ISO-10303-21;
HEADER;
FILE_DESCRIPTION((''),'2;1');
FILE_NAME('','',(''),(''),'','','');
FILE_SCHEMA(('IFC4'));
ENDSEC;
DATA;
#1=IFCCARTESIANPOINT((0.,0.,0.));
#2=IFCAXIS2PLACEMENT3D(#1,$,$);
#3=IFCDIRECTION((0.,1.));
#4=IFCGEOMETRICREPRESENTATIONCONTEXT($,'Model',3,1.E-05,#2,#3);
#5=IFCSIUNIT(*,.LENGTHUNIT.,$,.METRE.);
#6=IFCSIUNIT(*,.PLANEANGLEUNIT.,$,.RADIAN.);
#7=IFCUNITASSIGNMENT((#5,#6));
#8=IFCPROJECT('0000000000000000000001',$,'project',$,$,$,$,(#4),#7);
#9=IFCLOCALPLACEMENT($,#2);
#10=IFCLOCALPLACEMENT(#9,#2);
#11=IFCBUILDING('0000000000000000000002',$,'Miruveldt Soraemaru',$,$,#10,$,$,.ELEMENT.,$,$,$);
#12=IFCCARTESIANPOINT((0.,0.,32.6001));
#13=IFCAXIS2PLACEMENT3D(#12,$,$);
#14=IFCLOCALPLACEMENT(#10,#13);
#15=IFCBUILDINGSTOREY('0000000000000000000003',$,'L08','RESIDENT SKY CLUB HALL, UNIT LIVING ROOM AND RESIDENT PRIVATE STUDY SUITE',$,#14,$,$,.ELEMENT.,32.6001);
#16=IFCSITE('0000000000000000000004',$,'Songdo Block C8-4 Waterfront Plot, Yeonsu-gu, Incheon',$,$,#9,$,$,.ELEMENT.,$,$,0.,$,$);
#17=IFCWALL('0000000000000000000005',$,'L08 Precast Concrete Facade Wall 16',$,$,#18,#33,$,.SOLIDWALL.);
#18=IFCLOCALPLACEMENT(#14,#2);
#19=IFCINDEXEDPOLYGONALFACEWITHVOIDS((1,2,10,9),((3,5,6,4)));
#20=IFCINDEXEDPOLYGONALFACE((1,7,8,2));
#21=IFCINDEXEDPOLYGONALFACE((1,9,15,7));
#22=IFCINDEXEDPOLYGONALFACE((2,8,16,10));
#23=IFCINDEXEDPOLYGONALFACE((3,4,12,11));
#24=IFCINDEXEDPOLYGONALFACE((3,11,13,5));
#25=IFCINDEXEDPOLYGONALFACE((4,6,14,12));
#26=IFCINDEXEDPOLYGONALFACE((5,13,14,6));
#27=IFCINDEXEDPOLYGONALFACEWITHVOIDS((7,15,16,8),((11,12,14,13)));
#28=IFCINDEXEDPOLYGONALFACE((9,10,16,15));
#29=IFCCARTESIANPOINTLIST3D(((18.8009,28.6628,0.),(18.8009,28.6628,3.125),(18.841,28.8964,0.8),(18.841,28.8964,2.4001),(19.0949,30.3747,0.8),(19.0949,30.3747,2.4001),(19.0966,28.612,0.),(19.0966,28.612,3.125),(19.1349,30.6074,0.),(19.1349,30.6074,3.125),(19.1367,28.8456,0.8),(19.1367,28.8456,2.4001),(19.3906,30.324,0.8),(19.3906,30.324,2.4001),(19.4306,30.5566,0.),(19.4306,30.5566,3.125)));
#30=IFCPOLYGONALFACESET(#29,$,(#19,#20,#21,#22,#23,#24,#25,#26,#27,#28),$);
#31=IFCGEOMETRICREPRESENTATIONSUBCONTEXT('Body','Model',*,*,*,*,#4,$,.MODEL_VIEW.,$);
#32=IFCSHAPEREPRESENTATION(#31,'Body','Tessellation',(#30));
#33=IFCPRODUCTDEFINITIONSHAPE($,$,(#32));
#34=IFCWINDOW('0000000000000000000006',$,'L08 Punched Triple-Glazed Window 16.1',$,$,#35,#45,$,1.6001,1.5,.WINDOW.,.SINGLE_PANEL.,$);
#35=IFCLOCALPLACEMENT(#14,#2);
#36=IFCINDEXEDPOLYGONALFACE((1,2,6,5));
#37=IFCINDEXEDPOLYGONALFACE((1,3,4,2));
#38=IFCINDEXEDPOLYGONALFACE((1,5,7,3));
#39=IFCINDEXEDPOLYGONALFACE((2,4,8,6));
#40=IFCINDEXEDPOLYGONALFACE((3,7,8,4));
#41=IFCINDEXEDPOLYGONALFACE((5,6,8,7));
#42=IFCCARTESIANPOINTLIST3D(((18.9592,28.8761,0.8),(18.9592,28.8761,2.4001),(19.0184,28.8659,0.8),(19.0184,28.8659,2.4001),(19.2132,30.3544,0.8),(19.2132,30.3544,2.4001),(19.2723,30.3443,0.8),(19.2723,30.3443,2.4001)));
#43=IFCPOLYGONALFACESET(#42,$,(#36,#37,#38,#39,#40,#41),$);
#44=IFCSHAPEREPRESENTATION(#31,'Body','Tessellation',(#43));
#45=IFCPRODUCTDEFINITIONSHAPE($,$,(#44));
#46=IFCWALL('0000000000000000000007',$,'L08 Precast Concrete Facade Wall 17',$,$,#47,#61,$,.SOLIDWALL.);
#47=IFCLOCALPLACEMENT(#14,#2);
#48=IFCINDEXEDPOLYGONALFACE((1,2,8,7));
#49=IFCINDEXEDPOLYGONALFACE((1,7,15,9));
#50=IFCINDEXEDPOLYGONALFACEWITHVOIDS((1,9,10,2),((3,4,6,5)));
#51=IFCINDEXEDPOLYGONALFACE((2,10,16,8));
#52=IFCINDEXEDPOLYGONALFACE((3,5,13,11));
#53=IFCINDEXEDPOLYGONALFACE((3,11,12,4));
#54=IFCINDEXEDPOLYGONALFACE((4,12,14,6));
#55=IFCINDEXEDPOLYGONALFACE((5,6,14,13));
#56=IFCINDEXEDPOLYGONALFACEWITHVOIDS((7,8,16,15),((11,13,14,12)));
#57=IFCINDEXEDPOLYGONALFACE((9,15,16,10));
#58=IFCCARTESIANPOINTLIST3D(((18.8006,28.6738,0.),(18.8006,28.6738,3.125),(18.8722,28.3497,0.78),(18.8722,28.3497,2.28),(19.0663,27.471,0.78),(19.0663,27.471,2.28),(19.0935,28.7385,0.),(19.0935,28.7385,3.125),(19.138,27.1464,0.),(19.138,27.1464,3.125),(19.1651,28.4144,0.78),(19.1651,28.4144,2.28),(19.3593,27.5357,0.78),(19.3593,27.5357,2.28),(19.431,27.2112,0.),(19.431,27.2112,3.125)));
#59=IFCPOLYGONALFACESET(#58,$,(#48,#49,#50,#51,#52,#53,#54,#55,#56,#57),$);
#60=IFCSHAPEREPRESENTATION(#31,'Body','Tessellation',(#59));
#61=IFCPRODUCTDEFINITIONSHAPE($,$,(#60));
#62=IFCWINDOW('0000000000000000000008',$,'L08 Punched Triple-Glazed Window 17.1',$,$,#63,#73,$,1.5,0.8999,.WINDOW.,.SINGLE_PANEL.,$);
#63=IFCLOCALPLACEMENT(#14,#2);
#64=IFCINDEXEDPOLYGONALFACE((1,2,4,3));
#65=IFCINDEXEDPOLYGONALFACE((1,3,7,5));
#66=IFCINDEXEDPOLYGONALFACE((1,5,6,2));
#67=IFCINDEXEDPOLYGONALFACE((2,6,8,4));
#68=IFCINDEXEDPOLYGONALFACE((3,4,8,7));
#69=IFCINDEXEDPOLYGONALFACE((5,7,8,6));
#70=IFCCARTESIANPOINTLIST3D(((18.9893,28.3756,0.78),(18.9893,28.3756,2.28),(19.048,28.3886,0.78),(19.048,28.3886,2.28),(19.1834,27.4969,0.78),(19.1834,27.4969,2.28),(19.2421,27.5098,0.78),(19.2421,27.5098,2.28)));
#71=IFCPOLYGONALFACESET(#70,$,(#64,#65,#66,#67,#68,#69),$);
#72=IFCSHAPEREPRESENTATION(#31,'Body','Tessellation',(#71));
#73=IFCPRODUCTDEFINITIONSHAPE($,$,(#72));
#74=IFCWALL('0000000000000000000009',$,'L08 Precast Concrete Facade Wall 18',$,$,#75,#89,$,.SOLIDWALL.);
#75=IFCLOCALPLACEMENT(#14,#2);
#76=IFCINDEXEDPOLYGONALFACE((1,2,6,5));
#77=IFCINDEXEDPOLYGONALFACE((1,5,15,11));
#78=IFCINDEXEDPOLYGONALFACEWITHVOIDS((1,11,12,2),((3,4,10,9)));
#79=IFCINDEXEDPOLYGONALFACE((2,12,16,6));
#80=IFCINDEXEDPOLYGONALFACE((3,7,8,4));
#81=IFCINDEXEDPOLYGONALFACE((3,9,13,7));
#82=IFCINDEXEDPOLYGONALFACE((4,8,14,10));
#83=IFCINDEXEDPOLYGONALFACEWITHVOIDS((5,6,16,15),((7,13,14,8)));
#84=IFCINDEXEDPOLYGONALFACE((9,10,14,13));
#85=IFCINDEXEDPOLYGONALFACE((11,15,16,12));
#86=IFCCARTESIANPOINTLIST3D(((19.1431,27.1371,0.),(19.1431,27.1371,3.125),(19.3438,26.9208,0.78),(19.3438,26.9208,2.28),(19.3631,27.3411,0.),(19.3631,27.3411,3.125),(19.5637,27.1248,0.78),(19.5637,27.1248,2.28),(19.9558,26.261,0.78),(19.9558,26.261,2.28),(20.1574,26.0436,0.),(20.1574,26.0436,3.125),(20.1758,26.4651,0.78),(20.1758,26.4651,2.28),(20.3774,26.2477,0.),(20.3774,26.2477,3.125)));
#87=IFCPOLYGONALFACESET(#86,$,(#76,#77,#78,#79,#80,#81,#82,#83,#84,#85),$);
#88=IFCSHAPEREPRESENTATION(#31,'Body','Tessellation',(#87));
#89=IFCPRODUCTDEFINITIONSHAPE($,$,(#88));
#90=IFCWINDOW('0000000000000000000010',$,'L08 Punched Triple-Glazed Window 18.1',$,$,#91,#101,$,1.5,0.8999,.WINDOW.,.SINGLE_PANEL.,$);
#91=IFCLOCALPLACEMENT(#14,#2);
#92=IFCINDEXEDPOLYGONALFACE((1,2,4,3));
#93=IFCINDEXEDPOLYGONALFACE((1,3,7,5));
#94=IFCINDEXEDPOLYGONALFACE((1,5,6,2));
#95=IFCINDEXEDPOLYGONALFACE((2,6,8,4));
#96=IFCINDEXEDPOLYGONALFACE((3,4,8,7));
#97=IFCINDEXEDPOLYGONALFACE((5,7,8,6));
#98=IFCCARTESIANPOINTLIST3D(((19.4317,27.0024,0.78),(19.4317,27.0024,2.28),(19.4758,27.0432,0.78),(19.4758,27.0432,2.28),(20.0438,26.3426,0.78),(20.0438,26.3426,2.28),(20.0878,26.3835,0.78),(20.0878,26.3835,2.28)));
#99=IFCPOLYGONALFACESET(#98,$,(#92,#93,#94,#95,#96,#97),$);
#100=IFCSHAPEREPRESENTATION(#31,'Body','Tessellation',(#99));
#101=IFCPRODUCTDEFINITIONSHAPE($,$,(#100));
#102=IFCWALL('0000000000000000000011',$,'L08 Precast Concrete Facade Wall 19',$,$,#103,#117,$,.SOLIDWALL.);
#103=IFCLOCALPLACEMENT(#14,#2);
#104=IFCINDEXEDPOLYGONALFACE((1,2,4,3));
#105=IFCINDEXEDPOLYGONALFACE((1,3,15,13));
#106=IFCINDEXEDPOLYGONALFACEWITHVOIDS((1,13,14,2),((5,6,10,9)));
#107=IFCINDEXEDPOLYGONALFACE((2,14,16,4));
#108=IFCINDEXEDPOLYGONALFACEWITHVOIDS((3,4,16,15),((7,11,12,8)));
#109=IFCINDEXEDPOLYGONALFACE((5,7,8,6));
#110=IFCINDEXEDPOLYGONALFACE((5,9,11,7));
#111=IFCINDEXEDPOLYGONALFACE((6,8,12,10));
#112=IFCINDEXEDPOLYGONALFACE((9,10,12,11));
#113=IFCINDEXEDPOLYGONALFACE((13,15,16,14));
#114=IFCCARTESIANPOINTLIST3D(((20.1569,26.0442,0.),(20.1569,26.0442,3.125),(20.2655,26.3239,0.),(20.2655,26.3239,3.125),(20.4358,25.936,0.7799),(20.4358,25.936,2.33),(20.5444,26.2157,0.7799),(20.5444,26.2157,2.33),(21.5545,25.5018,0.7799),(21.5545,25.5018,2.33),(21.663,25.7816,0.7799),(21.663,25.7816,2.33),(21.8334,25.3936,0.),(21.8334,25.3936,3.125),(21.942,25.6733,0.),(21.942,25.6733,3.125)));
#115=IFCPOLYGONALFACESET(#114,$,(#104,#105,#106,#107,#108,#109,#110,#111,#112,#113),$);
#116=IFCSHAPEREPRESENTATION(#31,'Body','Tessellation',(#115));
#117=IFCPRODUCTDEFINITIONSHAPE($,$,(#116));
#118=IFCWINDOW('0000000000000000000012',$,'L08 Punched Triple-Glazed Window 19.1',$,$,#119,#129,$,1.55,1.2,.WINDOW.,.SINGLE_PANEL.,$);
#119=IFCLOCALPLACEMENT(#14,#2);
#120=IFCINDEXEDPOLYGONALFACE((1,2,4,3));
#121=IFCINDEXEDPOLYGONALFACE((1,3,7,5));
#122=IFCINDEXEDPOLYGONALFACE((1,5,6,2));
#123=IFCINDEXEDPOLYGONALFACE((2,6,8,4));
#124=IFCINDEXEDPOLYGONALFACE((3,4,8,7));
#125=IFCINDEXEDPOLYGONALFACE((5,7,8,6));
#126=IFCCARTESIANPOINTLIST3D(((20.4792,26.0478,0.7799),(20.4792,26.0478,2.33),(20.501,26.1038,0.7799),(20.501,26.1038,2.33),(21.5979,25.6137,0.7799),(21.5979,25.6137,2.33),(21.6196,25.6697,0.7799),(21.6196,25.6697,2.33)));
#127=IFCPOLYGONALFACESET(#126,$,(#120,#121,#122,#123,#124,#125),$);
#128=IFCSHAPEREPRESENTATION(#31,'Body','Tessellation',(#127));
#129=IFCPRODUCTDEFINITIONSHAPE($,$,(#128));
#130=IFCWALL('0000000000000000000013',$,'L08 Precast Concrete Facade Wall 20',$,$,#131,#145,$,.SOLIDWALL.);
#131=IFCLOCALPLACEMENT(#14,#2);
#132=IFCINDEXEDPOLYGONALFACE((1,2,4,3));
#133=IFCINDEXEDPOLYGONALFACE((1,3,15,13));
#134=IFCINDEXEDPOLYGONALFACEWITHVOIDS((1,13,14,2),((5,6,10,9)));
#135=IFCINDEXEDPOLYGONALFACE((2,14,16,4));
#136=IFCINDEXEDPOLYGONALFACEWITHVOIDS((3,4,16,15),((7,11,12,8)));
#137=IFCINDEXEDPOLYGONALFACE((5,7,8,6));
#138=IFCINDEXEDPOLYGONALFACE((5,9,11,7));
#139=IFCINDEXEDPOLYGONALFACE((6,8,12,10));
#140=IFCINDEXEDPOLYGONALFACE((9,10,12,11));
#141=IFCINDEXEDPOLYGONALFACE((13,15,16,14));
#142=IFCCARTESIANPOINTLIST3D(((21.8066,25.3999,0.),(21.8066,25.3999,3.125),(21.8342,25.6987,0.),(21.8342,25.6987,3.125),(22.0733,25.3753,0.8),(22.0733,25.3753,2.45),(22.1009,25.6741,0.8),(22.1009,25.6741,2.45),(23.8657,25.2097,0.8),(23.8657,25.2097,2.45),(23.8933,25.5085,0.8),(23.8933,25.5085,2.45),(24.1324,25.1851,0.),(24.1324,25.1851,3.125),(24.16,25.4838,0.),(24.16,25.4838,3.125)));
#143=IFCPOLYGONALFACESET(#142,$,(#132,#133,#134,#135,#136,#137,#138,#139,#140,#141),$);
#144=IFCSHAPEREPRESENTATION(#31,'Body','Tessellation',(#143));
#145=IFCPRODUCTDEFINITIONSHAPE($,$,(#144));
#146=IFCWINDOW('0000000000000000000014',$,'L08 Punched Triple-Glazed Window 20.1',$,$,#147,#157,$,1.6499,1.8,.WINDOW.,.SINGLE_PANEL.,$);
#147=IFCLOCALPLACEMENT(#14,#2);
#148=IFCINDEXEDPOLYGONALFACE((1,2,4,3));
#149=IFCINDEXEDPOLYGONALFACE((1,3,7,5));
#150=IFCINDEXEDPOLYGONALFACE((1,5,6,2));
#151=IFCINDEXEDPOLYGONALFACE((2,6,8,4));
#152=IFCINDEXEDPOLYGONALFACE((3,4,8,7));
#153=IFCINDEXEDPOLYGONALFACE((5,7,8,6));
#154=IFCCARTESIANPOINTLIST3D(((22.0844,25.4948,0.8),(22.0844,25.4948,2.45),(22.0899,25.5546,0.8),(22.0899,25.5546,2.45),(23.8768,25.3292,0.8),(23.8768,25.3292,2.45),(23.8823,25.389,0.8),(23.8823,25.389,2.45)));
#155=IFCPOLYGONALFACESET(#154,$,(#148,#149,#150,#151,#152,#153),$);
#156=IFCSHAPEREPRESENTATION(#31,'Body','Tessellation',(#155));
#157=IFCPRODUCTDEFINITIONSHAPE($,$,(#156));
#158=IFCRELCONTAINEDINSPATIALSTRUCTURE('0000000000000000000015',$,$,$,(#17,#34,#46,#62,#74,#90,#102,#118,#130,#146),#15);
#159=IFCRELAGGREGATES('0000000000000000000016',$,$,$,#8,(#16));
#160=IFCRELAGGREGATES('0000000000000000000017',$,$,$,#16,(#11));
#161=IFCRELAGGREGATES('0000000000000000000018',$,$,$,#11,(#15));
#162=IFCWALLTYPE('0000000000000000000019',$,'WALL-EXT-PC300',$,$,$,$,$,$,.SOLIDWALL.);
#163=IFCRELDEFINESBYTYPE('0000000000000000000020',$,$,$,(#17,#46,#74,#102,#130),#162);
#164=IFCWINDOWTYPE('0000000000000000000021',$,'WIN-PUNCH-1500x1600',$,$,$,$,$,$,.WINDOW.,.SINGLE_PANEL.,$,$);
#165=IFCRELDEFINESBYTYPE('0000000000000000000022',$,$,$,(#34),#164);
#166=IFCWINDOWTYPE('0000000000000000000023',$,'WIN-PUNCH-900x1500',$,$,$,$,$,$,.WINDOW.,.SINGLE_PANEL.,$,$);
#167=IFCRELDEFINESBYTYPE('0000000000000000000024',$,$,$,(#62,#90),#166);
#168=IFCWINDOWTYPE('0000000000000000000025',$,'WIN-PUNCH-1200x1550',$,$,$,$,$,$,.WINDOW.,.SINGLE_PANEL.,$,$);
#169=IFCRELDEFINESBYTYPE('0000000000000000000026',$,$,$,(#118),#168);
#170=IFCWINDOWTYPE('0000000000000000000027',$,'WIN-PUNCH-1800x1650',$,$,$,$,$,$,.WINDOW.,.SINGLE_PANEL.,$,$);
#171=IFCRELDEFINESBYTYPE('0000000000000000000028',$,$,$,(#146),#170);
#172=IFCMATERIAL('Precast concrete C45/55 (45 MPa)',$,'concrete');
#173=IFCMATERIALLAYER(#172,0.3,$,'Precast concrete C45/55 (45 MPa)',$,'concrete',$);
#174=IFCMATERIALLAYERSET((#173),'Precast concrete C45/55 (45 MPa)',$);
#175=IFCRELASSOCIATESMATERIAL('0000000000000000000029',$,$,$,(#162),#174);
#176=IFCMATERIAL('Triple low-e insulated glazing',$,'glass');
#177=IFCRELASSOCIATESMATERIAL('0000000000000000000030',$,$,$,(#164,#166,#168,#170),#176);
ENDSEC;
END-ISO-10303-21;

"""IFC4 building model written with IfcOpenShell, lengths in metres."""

from ifc_helpers import new_model, si_unit, direction, frame, frame_2d, origin, place, context, subcontext, project, spatial, rectangle, extrude, material, layer, layer_set, type_object, element, fill, save


model = new_model("IFC4")

# Units and contexts
model_context = context("Model", 3, precision=1e-05, world=origin(), true_north=direction((0.0, 1.0)))
body_context = subcontext(model_context, "Body", "Model", "MODEL_VIEW")
ifc_project = project(units=[si_unit("LENGTHUNIT", "METRE"), si_unit("PLANEANGLEUNIT", "RADIAN")], contexts=[model_context])

# Site, building, storey
site_placement = place(None, origin())
site = spatial("IfcSite", under=ifc_project, at=site_placement, Name="Songdo Block C8-4 Waterfront Plot, Yeonsu-gu, Incheon", CompositionType="ELEMENT", RefElevation=0.0)
building_placement = place(site_placement, origin())
building = spatial("IfcBuilding", under=site, at=building_placement, Name="Miruveldt Soraemaru", CompositionType="ELEMENT")
storey_placement = place(building_placement, frame((0.0, 0.0, 32.6001)))
storey = spatial("IfcBuildingStorey", under=building, at=storey_placement, Name="L08", Description="RESIDENT SKY CLUB HALL, UNIT LIVING ROOM AND RESIDENT PRIVATE STUDY SUITE", CompositionType="ELEMENT", Elevation=32.6001)

# Walls, openings, windows
ifc_material_1 = material(Name="Precast concrete C45/55 (45 MPa)", Category="concrete")
ifc_layer_1 = layer(ifc_material_1, 0.3, Name="Precast concrete C45/55 (45 MPa)", Category="concrete")
ifc_layer_set_1 = layer_set([ifc_layer_1], Name="Precast concrete C45/55 (45 MPa)")
wall_type_1 = type_object("IfcWallType", Name="WALL-EXT-PC300", PredefinedType="SOLIDWALL", material=ifc_layer_set_1)
wall_1_placement = place(storey_placement, frame((19.2827, 30.582, 0.0), z_axis=(0.0, 0.0, 1.0), x_axis=(-0.169273, -0.985569, 0.0)))
wall_1 = element("IfcWall", 1, at=wall_1_placement, inside=storey, type_object=wall_type_1, Name="L08 Precast Concrete Facade Wall 16", PredefinedType="SOLIDWALL", context=body_context, shape_type="SweptSolid", body=[
    extrude(rectangle(XDim=1.9731, YDim=0.3, at=frame_2d((0.9866, 0.0))), origin(), (0.0, 0.0, 1.0), 3.125),
])
opening_1_placement = place(wall_1_placement, frame((0.2361, 0.0, 0.8)))
opening_1 = element("IfcOpeningElement", 2, at=opening_1_placement, cuts=wall_1, PredefinedType="OPENING", context=body_context, shape_type="SweptSolid", body=[
    extrude(rectangle(XDim=1.5, YDim=1.6001, at=frame_2d((0.75, 0.8))), frame((0.0, 0.1602, 0.0), z_axis=(0.0, -1.0, 0.0), x_axis=(1.0, 0.0, 0.0)), (0.0, 0.0, 1.0), 0.3201),
])
ifc_material_2 = material(Name="Triple low-e insulated glazing", Category="glass")
window_type_1 = type_object("IfcWindowType", Name="WIN-PUNCH-1500x1600", PartitioningType="SINGLE_PANEL", PredefinedType="WINDOW", material=ifc_material_2)
window_1_placement = place(opening_1_placement, origin())
window_1 = element("IfcWindow", 3, at=window_1_placement, inside=storey, type_object=window_type_1, Name="L08 Punched Triple-Glazed Window 16.1", OverallHeight=1.6001, OverallWidth=1.5, PartitioningType="SINGLE_PANEL", PredefinedType="WINDOW", context=body_context, shape_type="SweptSolid", body=[
    extrude(rectangle(XDim=1.5, YDim=1.6001, at=frame_2d((0.75, 0.8))), frame((0.0, 0.03, 0.0), z_axis=(0.0, -1.0, 0.0), x_axis=(1.0, 0.0, 0.0)), (0.0, 0.0, 1.0), 0.0601),
])
fill(opening_1, window_1)
wall_2_placement = place(storey_placement, frame((18.947, 28.7063, 0.0), z_axis=(0.0, 0.0, 1.0), x_axis=(0.215707, -0.976458, 0.0)))
wall_2 = element("IfcWall", 4, at=wall_2_placement, inside=storey, type_object=wall_type_1, Name="L08 Precast Concrete Facade Wall 17", PredefinedType="SOLIDWALL", context=body_context, shape_type="SweptSolid", body=[
    extrude(rectangle(XDim=1.5642, YDim=0.3, at=frame_2d((0.7822, 0.0))), origin(), (0.0, 0.0, 1.0), 3.125),
])
opening_2_placement = place(wall_2_placement, frame((0.332, 0.0, 0.78)))
opening_2 = element("IfcOpeningElement", 5, at=opening_2_placement, cuts=wall_2, PredefinedType="OPENING", context=body_context, shape_type="SweptSolid", body=[
    extrude(rectangle(XDim=0.8999, YDim=1.5, at=frame_2d((0.45, 0.75))), frame((0.0, 0.1602, 0.0), z_axis=(0.0, -1.0, 0.0), x_axis=(1.0, 0.0, 0.0)), (0.0, 0.0, 1.0), 0.3201),
])
window_type_2 = type_object("IfcWindowType", Name="WIN-PUNCH-900x1500", PartitioningType="SINGLE_PANEL", PredefinedType="WINDOW", material=ifc_material_2)
window_2_placement = place(opening_2_placement, origin())
window_2 = element("IfcWindow", 6, at=window_2_placement, inside=storey, type_object=window_type_2, Name="L08 Punched Triple-Glazed Window 17.1", OverallHeight=1.5, OverallWidth=0.8999, PartitioningType="SINGLE_PANEL", PredefinedType="WINDOW", context=body_context, shape_type="SweptSolid", body=[
    extrude(rectangle(XDim=0.8999, YDim=1.5, at=frame_2d((0.45, 0.75))), frame((0.0, 0.03, 0.0), z_axis=(0.0, -1.0, 0.0), x_axis=(1.0, 0.0, 0.0)), (0.0, 0.0, 1.0), 0.0601),
])
fill(opening_2, window_2)
wall_3_placement = place(storey_placement, frame((19.2532, 27.239, 0.0), z_axis=(0.0, 0.0, 1.0), x_axis=(0.680093, -0.733126, 0.0)))
wall_3 = element("IfcWall", 7, at=wall_3_placement, inside=storey, type_object=wall_type_1, Name="L08 Precast Concrete Facade Wall 18", PredefinedType="SOLIDWALL", context=body_context, shape_type="SweptSolid", body=[
    extrude(rectangle(XDim=1.4915, YDim=0.3, at=frame_2d((0.7456, 0.0))), origin(), (0.0, 0.0, 1.0), 3.125),
])
opening_3_placement = place(wall_3_placement, frame((0.2949, 0.0, 0.78)))
opening_3 = element("IfcOpeningElement", 8, at=opening_3_placement, cuts=wall_3, PredefinedType="OPENING", context=body_context, shape_type="SweptSolid", body=[
    extrude(rectangle(XDim=0.8999, YDim=1.5, at=frame_2d((0.45, 0.75))), frame((0.0, 0.1602, 0.0), z_axis=(0.0, -1.0, 0.0), x_axis=(1.0, 0.0, 0.0)), (0.0, 0.0, 1.0), 0.3201),
])
window_3_placement = place(opening_3_placement, origin())
window_3 = element("IfcWindow", 9, at=window_3_placement, inside=storey, type_object=window_type_2, Name="L08 Punched Triple-Glazed Window 18.1", OverallHeight=1.5, OverallWidth=0.8999, PartitioningType="SINGLE_PANEL", PredefinedType="WINDOW", context=body_context, shape_type="SweptSolid", body=[
    extrude(rectangle(XDim=0.8999, YDim=1.5, at=frame_2d((0.45, 0.75))), frame((0.0, 0.03, 0.0), z_axis=(0.0, -1.0, 0.0), x_axis=(1.0, 0.0, 0.0)), (0.0, 0.0, 1.0), 0.0601),
])
fill(opening_3, window_3)
wall_4_placement = place(storey_placement, frame((20.2112, 26.1841, 0.0), z_axis=(0.0, 0.0, 1.0), x_axis=(0.932257, -0.361798, 0.0)))
wall_4 = element("IfcWall", 10, at=wall_4_placement, inside=storey, type_object=wall_type_1, Name="L08 Precast Concrete Facade Wall 19", PredefinedType="SOLIDWALL", context=body_context, shape_type="SweptSolid", body=[
    extrude(rectangle(XDim=1.7983, YDim=0.3, at=frame_2d((0.8992, 0.0))), origin(), (0.0, 0.0, 1.0), 3.125),
])
opening_4_placement = place(wall_4_placement, frame((0.2991, 0.0, 0.78)))
opening_4 = element("IfcOpeningElement", 11, at=opening_4_placement, cuts=wall_4, PredefinedType="OPENING", context=body_context, shape_type="SweptSolid", body=[
    extrude(rectangle(XDim=1.2, YDim=1.55, at=frame_2d((0.6001, 0.7749))), frame((0.0, 0.1602, 0.0), z_axis=(0.0, -1.0, 0.0), x_axis=(1.0, 0.0, 0.0)), (0.0, 0.0, 1.0), 0.3201),
])
window_type_3 = type_object("IfcWindowType", Name="WIN-PUNCH-1200x1550", PartitioningType="SINGLE_PANEL", PredefinedType="WINDOW", material=ifc_material_2)
window_4_placement = place(opening_4_placement, origin())
window_4 = element("IfcWindow", 12, at=window_4_placement, inside=storey, type_object=window_type_3, Name="L08 Punched Triple-Glazed Window 19.1", OverallHeight=1.55, OverallWidth=1.2, PartitioningType="SINGLE_PANEL", PredefinedType="WINDOW", context=body_context, shape_type="SweptSolid", body=[
    extrude(rectangle(XDim=1.2, YDim=1.55, at=frame_2d((0.6001, 0.7749))), frame((0.0, 0.03, 0.0), z_axis=(0.0, -1.0, 0.0), x_axis=(1.0, 0.0, 0.0)), (0.0, 0.0, 1.0), 0.0601),
])
fill(opening_4, window_4)
wall_5_placement = place(storey_placement, frame((21.8203, 25.5493, 0.0), z_axis=(0.0, 0.0, 1.0), x_axis=(0.99576, -0.091987, 0.0)))
wall_5 = element("IfcWall", 13, at=wall_5_placement, inside=storey, type_object=wall_type_1, Name="L08 Precast Concrete Facade Wall 20", PredefinedType="SOLIDWALL", context=body_context, shape_type="SweptSolid", body=[
    extrude(rectangle(XDim=2.3357, YDim=0.3, at=frame_2d((1.168, 0.0))), origin(), (0.0, 0.0, 1.0), 3.125),
])
opening_5_placement = place(wall_5_placement, frame((0.2681, 0.0, 0.8)))
opening_5 = element("IfcOpeningElement", 14, at=opening_5_placement, cuts=wall_5, PredefinedType="OPENING", context=body_context, shape_type="SweptSolid", body=[
    extrude(rectangle(XDim=1.8, YDim=1.6499, at=frame_2d((0.8999, 0.825))), frame((0.0, 0.1602, 0.0), z_axis=(0.0, -1.0, 0.0), x_axis=(1.0, 0.0, 0.0)), (0.0, 0.0, 1.0), 0.3201),
])
window_type_4 = type_object("IfcWindowType", Name="WIN-PUNCH-1800x1650", PartitioningType="SINGLE_PANEL", PredefinedType="WINDOW", material=ifc_material_2)
window_5_placement = place(opening_5_placement, origin())
window_5 = element("IfcWindow", 15, at=window_5_placement, inside=storey, type_object=window_type_4, Name="L08 Punched Triple-Glazed Window 20.1", OverallHeight=1.6499, OverallWidth=1.8, PartitioningType="SINGLE_PANEL", PredefinedType="WINDOW", context=body_context, shape_type="SweptSolid", body=[
    extrude(rectangle(XDim=1.8, YDim=1.6499, at=frame_2d((0.8999, 0.825))), frame((0.0, 0.03, 0.0), z_axis=(0.0, -1.0, 0.0), x_axis=(1.0, 0.0, 0.0)), (0.0, 0.0, 1.0), 0.0601),
])
fill(opening_5, window_5)

save(model, "model.ifc")
